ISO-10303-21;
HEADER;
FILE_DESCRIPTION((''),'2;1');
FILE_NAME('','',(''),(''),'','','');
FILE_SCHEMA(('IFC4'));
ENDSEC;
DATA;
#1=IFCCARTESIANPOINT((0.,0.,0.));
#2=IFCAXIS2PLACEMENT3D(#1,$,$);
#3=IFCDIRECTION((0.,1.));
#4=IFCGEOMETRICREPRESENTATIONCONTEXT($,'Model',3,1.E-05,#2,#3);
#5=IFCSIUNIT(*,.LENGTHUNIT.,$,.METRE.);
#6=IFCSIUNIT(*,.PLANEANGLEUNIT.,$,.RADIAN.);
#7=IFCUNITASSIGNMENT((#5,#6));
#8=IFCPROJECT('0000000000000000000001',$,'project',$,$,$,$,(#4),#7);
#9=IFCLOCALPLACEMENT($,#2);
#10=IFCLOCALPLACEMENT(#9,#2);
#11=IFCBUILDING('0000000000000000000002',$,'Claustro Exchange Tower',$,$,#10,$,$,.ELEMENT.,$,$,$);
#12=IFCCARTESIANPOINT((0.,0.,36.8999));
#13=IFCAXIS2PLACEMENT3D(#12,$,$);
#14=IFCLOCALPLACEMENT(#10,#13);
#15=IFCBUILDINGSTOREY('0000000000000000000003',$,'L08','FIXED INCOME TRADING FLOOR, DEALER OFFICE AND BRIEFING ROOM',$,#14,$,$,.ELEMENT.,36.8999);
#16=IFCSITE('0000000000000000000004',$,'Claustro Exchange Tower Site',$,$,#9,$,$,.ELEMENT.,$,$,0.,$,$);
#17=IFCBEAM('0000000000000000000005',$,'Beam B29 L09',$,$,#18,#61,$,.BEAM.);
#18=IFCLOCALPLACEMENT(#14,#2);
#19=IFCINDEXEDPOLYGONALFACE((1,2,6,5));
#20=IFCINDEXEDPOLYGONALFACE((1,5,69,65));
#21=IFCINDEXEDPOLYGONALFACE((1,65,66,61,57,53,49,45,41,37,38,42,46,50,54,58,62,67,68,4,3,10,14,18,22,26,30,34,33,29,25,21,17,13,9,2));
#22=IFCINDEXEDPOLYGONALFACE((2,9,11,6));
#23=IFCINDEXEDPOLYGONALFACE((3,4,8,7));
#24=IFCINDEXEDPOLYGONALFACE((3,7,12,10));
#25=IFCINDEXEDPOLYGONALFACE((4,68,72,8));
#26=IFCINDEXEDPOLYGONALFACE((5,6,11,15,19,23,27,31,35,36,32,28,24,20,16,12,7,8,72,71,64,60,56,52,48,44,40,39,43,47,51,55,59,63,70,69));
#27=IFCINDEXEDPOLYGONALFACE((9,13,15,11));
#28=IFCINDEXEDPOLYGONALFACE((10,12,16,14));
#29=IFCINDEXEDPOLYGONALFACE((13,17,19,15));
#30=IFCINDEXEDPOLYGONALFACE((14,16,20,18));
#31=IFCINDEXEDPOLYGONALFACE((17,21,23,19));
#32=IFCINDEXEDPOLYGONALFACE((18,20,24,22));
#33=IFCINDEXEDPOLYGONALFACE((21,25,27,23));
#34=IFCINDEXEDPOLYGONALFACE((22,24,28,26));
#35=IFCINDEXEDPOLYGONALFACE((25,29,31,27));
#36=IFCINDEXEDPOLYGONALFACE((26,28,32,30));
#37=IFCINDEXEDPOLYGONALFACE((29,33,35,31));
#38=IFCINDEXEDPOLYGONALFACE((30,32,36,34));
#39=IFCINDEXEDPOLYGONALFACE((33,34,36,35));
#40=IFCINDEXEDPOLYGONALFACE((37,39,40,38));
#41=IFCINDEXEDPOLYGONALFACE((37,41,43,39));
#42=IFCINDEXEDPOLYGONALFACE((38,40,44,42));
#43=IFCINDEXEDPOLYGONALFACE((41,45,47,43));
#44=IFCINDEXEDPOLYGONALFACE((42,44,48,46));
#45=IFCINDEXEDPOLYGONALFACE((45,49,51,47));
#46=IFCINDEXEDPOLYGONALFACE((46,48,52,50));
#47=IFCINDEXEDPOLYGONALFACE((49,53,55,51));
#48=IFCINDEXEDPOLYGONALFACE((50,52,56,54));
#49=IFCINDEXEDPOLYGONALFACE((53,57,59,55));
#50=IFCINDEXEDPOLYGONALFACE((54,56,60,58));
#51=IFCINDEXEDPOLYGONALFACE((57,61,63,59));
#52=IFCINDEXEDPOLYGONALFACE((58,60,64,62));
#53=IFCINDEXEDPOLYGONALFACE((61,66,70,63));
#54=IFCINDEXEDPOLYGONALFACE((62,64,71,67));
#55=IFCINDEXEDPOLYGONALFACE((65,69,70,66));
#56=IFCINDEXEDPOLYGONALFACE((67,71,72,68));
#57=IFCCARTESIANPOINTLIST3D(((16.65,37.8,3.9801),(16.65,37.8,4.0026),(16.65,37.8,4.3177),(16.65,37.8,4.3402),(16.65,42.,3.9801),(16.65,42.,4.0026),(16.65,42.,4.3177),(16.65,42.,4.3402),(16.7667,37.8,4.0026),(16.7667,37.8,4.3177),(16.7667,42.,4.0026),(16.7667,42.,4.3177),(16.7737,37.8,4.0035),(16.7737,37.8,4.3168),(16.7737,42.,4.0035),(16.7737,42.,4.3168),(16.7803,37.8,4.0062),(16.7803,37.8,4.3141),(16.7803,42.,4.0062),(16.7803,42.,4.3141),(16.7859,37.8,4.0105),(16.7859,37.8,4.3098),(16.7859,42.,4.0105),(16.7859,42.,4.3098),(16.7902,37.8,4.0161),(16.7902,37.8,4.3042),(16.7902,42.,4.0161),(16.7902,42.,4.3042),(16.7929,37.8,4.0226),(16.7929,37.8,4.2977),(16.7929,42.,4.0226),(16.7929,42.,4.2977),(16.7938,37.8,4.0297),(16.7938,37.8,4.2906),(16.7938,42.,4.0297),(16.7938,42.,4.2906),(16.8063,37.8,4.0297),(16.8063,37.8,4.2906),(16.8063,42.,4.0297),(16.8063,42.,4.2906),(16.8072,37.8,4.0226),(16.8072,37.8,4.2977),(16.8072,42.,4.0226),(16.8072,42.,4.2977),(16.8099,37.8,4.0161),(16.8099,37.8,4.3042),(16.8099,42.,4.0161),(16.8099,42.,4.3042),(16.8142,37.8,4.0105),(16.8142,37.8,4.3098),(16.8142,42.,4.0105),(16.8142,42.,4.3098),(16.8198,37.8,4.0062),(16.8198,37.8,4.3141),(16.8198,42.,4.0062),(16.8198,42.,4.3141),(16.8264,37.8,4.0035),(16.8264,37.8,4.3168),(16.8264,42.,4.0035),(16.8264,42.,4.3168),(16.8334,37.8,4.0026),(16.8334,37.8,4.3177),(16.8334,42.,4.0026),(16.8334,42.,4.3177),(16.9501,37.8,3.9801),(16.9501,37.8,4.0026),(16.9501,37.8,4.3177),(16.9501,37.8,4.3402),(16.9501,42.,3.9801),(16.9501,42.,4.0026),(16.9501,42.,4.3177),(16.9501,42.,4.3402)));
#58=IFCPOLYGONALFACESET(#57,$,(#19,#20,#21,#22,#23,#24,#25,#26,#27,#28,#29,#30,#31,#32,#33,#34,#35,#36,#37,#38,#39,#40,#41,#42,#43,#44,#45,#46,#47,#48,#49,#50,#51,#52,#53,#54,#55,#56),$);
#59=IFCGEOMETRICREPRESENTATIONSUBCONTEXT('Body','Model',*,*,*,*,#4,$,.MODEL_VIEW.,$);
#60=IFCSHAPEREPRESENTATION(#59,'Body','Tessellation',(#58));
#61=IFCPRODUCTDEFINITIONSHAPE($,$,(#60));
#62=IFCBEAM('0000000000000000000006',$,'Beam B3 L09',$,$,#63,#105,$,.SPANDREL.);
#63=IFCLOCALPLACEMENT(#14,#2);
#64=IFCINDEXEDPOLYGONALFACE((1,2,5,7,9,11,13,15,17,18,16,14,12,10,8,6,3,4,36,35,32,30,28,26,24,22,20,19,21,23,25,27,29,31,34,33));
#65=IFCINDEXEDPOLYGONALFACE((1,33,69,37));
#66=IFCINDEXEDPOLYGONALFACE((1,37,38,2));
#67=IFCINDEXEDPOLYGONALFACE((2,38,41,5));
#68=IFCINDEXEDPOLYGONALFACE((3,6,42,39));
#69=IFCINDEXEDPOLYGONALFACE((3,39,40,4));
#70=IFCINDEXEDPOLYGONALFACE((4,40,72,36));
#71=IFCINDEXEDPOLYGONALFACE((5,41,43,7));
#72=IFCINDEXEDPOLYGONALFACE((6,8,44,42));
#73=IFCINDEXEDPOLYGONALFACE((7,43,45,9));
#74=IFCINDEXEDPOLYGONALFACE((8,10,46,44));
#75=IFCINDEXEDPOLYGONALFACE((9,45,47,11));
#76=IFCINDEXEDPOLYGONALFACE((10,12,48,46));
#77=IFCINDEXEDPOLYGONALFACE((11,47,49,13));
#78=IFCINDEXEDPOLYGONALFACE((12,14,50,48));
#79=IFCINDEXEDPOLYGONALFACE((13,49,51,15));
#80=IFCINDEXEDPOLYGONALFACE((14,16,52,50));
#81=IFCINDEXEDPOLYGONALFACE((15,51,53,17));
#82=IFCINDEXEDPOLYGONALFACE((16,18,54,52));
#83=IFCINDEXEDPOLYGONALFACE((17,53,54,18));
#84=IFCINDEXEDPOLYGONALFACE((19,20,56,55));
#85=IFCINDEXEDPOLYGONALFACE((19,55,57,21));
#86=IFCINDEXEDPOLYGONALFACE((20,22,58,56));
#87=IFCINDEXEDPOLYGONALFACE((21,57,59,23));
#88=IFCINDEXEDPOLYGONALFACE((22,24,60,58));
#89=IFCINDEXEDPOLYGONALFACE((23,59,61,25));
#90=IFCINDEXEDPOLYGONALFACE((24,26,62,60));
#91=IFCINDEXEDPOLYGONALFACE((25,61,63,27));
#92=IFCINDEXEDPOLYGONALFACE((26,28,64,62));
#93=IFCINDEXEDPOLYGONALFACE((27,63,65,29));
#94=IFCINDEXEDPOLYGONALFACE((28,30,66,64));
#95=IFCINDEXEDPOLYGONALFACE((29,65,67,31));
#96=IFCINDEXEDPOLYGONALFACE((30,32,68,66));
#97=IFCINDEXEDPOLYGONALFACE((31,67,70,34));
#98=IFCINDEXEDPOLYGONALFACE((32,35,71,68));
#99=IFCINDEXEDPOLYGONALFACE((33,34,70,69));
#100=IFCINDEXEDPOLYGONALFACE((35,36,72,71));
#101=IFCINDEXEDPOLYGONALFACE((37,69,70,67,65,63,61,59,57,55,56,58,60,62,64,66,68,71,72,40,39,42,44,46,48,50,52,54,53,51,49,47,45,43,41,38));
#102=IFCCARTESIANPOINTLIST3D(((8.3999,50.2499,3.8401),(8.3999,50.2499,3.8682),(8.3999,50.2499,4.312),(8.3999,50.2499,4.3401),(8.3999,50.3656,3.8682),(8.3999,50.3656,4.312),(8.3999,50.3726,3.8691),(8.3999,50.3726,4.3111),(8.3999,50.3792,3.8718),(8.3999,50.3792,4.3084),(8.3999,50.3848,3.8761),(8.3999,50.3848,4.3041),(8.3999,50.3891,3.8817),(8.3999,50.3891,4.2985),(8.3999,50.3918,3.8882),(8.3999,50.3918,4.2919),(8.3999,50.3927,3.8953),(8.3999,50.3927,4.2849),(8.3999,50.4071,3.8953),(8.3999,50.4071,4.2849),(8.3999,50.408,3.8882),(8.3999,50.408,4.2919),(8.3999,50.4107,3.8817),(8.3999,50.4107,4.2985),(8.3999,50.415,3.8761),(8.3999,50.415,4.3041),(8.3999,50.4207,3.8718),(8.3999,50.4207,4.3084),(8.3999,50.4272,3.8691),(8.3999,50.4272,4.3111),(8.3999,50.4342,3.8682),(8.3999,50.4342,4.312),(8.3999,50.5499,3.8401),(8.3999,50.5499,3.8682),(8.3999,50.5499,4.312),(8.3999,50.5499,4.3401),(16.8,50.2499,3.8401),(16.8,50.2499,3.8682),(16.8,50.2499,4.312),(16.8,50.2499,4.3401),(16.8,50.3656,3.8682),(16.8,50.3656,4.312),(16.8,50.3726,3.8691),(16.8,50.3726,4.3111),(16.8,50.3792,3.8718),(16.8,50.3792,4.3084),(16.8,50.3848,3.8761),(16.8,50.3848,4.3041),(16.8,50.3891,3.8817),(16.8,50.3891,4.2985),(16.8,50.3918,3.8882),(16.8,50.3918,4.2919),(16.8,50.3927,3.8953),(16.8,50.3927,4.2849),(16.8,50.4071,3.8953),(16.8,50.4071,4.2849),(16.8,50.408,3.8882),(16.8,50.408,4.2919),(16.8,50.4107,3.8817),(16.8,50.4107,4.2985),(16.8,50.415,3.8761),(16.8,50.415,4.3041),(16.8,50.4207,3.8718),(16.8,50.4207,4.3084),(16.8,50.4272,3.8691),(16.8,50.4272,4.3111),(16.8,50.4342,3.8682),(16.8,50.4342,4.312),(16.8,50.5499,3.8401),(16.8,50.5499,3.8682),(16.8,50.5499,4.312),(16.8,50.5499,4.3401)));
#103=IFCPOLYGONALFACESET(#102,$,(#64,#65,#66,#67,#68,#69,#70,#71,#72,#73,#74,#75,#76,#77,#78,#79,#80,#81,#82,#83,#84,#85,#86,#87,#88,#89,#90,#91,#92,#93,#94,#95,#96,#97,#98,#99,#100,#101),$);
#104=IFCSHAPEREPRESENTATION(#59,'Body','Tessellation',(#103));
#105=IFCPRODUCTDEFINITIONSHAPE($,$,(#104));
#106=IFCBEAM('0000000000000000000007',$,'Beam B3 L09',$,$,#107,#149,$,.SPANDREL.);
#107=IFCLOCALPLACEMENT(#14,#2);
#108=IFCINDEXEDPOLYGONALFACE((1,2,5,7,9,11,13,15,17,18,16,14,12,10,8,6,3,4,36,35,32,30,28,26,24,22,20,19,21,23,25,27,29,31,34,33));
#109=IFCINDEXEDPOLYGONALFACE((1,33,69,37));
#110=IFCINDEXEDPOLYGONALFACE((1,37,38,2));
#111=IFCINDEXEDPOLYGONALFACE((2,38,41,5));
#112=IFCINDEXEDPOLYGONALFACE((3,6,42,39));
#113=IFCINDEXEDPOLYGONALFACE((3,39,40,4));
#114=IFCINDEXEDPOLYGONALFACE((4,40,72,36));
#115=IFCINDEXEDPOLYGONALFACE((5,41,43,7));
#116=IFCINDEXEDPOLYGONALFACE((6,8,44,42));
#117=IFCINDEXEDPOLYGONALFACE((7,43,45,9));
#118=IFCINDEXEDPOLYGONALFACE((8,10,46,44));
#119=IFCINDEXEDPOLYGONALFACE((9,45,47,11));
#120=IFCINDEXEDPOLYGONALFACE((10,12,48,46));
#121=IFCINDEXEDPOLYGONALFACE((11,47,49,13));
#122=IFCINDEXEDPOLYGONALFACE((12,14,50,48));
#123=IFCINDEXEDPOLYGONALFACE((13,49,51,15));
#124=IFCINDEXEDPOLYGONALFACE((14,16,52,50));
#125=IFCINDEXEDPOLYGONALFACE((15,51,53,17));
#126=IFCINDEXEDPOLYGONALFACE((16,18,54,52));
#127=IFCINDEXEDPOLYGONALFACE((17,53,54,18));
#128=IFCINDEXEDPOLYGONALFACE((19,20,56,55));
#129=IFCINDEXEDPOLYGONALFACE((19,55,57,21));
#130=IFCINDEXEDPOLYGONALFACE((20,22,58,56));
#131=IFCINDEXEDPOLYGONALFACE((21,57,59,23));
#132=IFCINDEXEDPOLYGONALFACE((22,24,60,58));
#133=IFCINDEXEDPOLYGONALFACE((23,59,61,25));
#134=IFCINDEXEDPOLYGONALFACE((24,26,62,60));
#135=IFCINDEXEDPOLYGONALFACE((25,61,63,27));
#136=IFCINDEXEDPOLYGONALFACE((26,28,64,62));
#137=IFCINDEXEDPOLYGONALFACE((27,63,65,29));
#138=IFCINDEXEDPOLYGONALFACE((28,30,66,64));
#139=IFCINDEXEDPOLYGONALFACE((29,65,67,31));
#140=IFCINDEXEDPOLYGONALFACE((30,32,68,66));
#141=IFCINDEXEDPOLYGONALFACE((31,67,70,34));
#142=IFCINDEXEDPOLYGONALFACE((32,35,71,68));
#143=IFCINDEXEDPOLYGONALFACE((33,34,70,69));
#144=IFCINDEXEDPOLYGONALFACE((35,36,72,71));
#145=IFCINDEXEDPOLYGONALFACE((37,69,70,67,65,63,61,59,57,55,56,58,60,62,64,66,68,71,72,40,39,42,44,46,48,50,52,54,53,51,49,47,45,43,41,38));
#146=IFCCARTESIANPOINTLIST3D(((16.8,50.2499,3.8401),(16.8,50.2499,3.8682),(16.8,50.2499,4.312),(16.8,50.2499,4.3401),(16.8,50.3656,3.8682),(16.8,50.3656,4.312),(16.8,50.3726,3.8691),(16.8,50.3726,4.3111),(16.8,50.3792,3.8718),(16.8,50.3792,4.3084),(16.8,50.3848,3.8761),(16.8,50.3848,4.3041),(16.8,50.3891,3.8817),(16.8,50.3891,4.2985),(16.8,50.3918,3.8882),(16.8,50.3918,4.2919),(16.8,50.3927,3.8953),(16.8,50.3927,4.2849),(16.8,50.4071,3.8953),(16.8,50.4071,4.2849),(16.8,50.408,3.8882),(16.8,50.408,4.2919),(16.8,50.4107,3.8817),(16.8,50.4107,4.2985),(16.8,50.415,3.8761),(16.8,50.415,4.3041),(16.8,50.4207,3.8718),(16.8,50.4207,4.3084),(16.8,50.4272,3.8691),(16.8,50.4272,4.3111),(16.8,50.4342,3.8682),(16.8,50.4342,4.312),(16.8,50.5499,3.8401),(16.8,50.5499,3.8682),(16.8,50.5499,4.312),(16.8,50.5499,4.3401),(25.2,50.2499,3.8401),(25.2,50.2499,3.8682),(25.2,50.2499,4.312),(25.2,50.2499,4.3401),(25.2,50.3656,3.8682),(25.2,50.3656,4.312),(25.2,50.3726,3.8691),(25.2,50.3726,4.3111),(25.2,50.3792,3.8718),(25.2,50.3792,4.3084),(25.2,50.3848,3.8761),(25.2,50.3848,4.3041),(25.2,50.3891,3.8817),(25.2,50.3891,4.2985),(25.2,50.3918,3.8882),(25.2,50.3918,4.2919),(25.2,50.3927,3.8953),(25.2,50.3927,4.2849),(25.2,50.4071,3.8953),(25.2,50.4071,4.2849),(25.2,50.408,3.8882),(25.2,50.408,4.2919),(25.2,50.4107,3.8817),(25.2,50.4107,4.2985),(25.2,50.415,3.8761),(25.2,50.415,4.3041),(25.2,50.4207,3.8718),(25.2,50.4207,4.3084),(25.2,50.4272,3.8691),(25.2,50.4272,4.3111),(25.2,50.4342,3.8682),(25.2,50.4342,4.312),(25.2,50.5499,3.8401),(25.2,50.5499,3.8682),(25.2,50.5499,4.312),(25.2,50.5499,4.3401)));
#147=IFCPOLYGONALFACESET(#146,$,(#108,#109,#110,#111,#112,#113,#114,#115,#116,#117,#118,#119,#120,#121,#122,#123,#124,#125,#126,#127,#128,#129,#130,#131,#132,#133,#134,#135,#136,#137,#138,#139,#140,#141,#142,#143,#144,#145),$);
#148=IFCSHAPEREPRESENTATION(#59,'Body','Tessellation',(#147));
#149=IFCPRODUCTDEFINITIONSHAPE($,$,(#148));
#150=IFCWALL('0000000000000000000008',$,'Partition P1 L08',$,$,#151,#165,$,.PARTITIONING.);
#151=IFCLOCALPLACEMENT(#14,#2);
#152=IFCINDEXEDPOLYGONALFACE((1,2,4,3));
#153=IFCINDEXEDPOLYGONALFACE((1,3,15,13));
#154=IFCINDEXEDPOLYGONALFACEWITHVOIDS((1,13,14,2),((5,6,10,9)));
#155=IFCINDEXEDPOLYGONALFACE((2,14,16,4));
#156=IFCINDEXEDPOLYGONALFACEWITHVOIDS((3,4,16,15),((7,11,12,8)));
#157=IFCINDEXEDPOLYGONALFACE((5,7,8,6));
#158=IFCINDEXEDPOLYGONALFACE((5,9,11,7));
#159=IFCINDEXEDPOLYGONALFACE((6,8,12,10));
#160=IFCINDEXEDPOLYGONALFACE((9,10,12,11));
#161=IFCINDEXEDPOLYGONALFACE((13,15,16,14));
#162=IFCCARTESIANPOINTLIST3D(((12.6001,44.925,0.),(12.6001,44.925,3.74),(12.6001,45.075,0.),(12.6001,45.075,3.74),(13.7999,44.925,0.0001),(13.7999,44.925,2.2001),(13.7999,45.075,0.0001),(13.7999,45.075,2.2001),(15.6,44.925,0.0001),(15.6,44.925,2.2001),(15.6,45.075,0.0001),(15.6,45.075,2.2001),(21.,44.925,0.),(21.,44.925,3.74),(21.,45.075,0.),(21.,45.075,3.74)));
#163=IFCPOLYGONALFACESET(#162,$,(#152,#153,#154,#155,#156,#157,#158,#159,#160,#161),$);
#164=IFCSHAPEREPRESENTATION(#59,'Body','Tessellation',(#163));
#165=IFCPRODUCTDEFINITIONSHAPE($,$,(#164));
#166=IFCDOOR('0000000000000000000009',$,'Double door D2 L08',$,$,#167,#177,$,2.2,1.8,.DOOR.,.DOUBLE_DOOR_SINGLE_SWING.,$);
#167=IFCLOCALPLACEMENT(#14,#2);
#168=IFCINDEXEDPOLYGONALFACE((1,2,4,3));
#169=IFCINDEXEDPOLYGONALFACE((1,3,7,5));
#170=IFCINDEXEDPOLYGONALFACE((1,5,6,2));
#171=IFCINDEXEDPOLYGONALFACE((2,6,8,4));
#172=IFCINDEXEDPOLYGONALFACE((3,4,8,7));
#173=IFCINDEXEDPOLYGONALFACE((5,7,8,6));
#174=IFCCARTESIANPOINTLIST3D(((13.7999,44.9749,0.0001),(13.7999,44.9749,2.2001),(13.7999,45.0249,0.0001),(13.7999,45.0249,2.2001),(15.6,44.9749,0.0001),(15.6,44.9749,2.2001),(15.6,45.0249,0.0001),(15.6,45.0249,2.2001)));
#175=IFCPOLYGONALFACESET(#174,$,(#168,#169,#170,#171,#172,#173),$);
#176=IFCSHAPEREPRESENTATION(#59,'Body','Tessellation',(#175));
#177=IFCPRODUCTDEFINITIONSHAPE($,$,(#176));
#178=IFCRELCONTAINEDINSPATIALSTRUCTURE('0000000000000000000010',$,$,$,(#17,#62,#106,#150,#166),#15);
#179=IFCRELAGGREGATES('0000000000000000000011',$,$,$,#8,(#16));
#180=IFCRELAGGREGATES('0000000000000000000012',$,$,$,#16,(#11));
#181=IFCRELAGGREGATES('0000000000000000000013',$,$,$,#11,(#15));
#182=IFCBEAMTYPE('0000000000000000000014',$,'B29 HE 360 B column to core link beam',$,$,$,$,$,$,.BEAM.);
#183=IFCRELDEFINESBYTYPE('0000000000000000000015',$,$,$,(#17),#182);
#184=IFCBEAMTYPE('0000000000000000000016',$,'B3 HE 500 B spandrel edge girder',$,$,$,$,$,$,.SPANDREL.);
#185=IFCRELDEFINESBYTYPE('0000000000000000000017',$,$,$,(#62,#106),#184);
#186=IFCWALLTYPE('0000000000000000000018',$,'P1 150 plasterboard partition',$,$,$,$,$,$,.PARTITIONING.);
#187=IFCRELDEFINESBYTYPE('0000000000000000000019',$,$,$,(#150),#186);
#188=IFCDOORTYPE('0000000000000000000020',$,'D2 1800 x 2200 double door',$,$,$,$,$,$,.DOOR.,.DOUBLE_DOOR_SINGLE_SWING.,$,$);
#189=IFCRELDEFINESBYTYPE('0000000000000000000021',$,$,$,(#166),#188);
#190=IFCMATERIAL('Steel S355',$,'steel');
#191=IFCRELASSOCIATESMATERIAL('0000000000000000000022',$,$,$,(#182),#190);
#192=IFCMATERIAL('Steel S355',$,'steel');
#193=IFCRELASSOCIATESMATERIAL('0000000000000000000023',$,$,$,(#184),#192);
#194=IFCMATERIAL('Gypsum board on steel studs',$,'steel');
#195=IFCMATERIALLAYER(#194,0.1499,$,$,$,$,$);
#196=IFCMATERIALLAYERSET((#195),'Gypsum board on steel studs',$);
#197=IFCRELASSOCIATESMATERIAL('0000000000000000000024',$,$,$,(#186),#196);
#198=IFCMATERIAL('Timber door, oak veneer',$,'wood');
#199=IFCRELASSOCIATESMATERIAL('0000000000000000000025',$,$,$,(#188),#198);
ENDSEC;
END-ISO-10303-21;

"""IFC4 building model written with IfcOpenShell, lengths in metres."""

from ifc_helpers import new_model, si_unit, direction, frame, frame_2d, origin, origin_2d, place, context, subcontext, project, spatial, rectangle, i_section, extrude, material, layer, layer_set, material_profile, profile_set, type_object, element, fill, save


model = new_model("IFC4")

# Units and contexts
model_context = context("Model", 3, precision=1e-05, world=origin(), true_north=direction((0.0, 1.0)))
body_context = subcontext(model_context, "Body", "Model", "MODEL_VIEW")
ifc_project = project(units=[si_unit("LENGTHUNIT", "METRE"), si_unit("PLANEANGLEUNIT", "RADIAN")], contexts=[model_context])

# Site, building, storey
site_placement = place(None, origin())
site = spatial("IfcSite", under=ifc_project, at=site_placement, Name="Claustro Exchange Tower Site", CompositionType="ELEMENT", RefElevation=0.0)
building_placement = place(site_placement, origin())
building = spatial("IfcBuilding", under=site, at=building_placement, Name="Claustro Exchange Tower", CompositionType="ELEMENT")
storey_placement = place(building_placement, frame((0.0, 0.0, 36.8999)))
storey = spatial("IfcBuildingStorey", under=building, at=storey_placement, Name="L08", Description="FIXED INCOME TRADING FLOOR, DEALER OFFICE AND BRIEFING ROOM", CompositionType="ELEMENT", Elevation=36.8999)

# Beams
ifc_material_1 = material(Name="Steel S355", Category="steel")
ifc_material_profile_1 = material_profile(ifc_material_1, i_section(OverallWidth=0.3, OverallDepth=0.3601, WebThickness=0.0125, FlangeThickness=0.0225, FilletRadius=0.0271, at=origin_2d()), Name="HE 360 B")
ifc_profile_set_1 = profile_set([ifc_material_profile_1], Name="Steel S355")
beam_type_1 = type_object("IfcBeamType", Name="B29 HE 360 B column to core link beam", PredefinedType="BEAM", material=ifc_profile_set_1)
beam_1_placement = place(storey_placement, frame((16.8, 37.8, 4.1602), z_axis=(0.0, 1.0, 0.0), x_axis=(-1.0, 0.0, 0.0)))
element("IfcBeam", 1, at=beam_1_placement, inside=storey, type_object=beam_type_1, Name="Beam B29 L09", PredefinedType="BEAM", context=body_context, shape_type="SweptSolid", body=[
    extrude(i_section(OverallWidth=0.3, OverallDepth=0.3601, WebThickness=0.0125, FlangeThickness=0.0225, FilletRadius=0.0271, at=origin_2d()), origin(), (0.0, 0.0, 1.0), 4.2),
])
ifc_material_2 = material(Name="Steel S355", Category="steel")
ifc_material_profile_2 = material_profile(ifc_material_2, i_section(OverallWidth=0.3, OverallDepth=0.5, WebThickness=0.0144, FlangeThickness=0.0281, FilletRadius=0.0271, at=origin_2d()), Name="HE 500 B")
ifc_profile_set_2 = profile_set([ifc_material_profile_2], Name="Steel S355")
beam_type_2 = type_object("IfcBeamType", Name="B3 HE 500 B spandrel edge girder", PredefinedType="SPANDREL", material=ifc_profile_set_2)
beam_2_placement = place(storey_placement, frame((8.3999, 50.3999, 4.0901), z_axis=(1.0, 0.0, 0.0), x_axis=(0.0, 1.0, 0.0)))
element("IfcBeam", 2, at=beam_2_placement, inside=storey, type_object=beam_type_2, Name="Beam B3 L09", PredefinedType="SPANDREL", context=body_context, shape_type="SweptSolid", body=[
    extrude(i_section(OverallWidth=0.3, OverallDepth=0.5, WebThickness=0.0144, FlangeThickness=0.0281, FilletRadius=0.0271, at=origin_2d()), origin(), (0.0, 0.0, 1.0), 8.4001),
])
beam_3_placement = place(storey_placement, frame((16.8, 50.3999, 4.0901), z_axis=(1.0, 0.0, 0.0), x_axis=(0.0, 1.0, 0.0)))
element("IfcBeam", 3, at=beam_3_placement, inside=storey, type_object=beam_type_2, Name="Beam B3 L09", PredefinedType="SPANDREL", context=body_context, shape_type="SweptSolid", body=[
    extrude(i_section(OverallWidth=0.3, OverallDepth=0.5, WebThickness=0.0144, FlangeThickness=0.0281, FilletRadius=0.0271, at=origin_2d()), origin(), (0.0, 0.0, 1.0), 8.3999),
])

# Wall, opening, door
ifc_material_3 = material(Name="Gypsum board on steel studs", Category="steel")
ifc_layer_1 = layer(ifc_material_3, 0.1499)
ifc_layer_set_1 = layer_set([ifc_layer_1], Name="Gypsum board on steel studs")
wall_type_1 = type_object("IfcWallType", Name="P1 150 plasterboard partition", PredefinedType="PARTITIONING", material=ifc_layer_set_1)
wall_1_placement = place(storey_placement, frame((12.6001, 45.0, 0.0), z_axis=(0.0, 0.0, 1.0), x_axis=(1.0, 0.0, 0.0)))
wall_1 = element("IfcWall", 4, at=wall_1_placement, inside=storey, type_object=wall_type_1, Name="Partition P1 L08", PredefinedType="PARTITIONING", context=body_context, shape_type="SweptSolid", body=[
    extrude(rectangle(XDim=8.3999, YDim=0.1499, at=frame_2d((4.2, 0.0))), origin(), (0.0, 0.0, 1.0), 3.74),
])
opening_1_placement = place(wall_1_placement, frame((1.2, 0.0, 0.0)))
opening_1 = element("IfcOpeningElement", 5, at=opening_1_placement, cuts=wall_1, PredefinedType="OPENING", context=body_context, shape_type="SweptSolid", body=[
    extrude(rectangle(XDim=1.8, YDim=2.2, at=frame_2d((0.8999, 1.1001))), frame((0.0, 0.085, 0.0), z_axis=(0.0, -1.0, 0.0), x_axis=(1.0, 0.0, 0.0)), (0.0, 0.0, 1.0), 0.1699),
])
ifc_material_4 = material(Name="Timber door, oak veneer", Category="wood")
door_type = type_object("IfcDoorType", Name="D2 1800 x 2200 double door", OperationType="DOUBLE_DOOR_SINGLE_SWING", PredefinedType="DOOR", material=ifc_material_4)
door_1_placement = place(opening_1_placement, origin())
door_1 = element("IfcDoor", 6, at=door_1_placement, inside=storey, type_object=door_type, Name="Double door D2 L08", OperationType="DOUBLE_DOOR_SINGLE_SWING", OverallHeight=2.2, OverallWidth=1.8, PredefinedType="DOOR", context=body_context, shape_type="SweptSolid", body=[
    extrude(rectangle(XDim=1.8, YDim=2.2, at=frame_2d((0.8999, 1.1001))), frame((0.0, 0.0249, 0.0), z_axis=(0.0, -1.0, 0.0), x_axis=(1.0, 0.0, 0.0)), (0.0, 0.0, 1.0), 0.05),
])
fill(opening_1, door_1)

save(model, "model.ifc")
